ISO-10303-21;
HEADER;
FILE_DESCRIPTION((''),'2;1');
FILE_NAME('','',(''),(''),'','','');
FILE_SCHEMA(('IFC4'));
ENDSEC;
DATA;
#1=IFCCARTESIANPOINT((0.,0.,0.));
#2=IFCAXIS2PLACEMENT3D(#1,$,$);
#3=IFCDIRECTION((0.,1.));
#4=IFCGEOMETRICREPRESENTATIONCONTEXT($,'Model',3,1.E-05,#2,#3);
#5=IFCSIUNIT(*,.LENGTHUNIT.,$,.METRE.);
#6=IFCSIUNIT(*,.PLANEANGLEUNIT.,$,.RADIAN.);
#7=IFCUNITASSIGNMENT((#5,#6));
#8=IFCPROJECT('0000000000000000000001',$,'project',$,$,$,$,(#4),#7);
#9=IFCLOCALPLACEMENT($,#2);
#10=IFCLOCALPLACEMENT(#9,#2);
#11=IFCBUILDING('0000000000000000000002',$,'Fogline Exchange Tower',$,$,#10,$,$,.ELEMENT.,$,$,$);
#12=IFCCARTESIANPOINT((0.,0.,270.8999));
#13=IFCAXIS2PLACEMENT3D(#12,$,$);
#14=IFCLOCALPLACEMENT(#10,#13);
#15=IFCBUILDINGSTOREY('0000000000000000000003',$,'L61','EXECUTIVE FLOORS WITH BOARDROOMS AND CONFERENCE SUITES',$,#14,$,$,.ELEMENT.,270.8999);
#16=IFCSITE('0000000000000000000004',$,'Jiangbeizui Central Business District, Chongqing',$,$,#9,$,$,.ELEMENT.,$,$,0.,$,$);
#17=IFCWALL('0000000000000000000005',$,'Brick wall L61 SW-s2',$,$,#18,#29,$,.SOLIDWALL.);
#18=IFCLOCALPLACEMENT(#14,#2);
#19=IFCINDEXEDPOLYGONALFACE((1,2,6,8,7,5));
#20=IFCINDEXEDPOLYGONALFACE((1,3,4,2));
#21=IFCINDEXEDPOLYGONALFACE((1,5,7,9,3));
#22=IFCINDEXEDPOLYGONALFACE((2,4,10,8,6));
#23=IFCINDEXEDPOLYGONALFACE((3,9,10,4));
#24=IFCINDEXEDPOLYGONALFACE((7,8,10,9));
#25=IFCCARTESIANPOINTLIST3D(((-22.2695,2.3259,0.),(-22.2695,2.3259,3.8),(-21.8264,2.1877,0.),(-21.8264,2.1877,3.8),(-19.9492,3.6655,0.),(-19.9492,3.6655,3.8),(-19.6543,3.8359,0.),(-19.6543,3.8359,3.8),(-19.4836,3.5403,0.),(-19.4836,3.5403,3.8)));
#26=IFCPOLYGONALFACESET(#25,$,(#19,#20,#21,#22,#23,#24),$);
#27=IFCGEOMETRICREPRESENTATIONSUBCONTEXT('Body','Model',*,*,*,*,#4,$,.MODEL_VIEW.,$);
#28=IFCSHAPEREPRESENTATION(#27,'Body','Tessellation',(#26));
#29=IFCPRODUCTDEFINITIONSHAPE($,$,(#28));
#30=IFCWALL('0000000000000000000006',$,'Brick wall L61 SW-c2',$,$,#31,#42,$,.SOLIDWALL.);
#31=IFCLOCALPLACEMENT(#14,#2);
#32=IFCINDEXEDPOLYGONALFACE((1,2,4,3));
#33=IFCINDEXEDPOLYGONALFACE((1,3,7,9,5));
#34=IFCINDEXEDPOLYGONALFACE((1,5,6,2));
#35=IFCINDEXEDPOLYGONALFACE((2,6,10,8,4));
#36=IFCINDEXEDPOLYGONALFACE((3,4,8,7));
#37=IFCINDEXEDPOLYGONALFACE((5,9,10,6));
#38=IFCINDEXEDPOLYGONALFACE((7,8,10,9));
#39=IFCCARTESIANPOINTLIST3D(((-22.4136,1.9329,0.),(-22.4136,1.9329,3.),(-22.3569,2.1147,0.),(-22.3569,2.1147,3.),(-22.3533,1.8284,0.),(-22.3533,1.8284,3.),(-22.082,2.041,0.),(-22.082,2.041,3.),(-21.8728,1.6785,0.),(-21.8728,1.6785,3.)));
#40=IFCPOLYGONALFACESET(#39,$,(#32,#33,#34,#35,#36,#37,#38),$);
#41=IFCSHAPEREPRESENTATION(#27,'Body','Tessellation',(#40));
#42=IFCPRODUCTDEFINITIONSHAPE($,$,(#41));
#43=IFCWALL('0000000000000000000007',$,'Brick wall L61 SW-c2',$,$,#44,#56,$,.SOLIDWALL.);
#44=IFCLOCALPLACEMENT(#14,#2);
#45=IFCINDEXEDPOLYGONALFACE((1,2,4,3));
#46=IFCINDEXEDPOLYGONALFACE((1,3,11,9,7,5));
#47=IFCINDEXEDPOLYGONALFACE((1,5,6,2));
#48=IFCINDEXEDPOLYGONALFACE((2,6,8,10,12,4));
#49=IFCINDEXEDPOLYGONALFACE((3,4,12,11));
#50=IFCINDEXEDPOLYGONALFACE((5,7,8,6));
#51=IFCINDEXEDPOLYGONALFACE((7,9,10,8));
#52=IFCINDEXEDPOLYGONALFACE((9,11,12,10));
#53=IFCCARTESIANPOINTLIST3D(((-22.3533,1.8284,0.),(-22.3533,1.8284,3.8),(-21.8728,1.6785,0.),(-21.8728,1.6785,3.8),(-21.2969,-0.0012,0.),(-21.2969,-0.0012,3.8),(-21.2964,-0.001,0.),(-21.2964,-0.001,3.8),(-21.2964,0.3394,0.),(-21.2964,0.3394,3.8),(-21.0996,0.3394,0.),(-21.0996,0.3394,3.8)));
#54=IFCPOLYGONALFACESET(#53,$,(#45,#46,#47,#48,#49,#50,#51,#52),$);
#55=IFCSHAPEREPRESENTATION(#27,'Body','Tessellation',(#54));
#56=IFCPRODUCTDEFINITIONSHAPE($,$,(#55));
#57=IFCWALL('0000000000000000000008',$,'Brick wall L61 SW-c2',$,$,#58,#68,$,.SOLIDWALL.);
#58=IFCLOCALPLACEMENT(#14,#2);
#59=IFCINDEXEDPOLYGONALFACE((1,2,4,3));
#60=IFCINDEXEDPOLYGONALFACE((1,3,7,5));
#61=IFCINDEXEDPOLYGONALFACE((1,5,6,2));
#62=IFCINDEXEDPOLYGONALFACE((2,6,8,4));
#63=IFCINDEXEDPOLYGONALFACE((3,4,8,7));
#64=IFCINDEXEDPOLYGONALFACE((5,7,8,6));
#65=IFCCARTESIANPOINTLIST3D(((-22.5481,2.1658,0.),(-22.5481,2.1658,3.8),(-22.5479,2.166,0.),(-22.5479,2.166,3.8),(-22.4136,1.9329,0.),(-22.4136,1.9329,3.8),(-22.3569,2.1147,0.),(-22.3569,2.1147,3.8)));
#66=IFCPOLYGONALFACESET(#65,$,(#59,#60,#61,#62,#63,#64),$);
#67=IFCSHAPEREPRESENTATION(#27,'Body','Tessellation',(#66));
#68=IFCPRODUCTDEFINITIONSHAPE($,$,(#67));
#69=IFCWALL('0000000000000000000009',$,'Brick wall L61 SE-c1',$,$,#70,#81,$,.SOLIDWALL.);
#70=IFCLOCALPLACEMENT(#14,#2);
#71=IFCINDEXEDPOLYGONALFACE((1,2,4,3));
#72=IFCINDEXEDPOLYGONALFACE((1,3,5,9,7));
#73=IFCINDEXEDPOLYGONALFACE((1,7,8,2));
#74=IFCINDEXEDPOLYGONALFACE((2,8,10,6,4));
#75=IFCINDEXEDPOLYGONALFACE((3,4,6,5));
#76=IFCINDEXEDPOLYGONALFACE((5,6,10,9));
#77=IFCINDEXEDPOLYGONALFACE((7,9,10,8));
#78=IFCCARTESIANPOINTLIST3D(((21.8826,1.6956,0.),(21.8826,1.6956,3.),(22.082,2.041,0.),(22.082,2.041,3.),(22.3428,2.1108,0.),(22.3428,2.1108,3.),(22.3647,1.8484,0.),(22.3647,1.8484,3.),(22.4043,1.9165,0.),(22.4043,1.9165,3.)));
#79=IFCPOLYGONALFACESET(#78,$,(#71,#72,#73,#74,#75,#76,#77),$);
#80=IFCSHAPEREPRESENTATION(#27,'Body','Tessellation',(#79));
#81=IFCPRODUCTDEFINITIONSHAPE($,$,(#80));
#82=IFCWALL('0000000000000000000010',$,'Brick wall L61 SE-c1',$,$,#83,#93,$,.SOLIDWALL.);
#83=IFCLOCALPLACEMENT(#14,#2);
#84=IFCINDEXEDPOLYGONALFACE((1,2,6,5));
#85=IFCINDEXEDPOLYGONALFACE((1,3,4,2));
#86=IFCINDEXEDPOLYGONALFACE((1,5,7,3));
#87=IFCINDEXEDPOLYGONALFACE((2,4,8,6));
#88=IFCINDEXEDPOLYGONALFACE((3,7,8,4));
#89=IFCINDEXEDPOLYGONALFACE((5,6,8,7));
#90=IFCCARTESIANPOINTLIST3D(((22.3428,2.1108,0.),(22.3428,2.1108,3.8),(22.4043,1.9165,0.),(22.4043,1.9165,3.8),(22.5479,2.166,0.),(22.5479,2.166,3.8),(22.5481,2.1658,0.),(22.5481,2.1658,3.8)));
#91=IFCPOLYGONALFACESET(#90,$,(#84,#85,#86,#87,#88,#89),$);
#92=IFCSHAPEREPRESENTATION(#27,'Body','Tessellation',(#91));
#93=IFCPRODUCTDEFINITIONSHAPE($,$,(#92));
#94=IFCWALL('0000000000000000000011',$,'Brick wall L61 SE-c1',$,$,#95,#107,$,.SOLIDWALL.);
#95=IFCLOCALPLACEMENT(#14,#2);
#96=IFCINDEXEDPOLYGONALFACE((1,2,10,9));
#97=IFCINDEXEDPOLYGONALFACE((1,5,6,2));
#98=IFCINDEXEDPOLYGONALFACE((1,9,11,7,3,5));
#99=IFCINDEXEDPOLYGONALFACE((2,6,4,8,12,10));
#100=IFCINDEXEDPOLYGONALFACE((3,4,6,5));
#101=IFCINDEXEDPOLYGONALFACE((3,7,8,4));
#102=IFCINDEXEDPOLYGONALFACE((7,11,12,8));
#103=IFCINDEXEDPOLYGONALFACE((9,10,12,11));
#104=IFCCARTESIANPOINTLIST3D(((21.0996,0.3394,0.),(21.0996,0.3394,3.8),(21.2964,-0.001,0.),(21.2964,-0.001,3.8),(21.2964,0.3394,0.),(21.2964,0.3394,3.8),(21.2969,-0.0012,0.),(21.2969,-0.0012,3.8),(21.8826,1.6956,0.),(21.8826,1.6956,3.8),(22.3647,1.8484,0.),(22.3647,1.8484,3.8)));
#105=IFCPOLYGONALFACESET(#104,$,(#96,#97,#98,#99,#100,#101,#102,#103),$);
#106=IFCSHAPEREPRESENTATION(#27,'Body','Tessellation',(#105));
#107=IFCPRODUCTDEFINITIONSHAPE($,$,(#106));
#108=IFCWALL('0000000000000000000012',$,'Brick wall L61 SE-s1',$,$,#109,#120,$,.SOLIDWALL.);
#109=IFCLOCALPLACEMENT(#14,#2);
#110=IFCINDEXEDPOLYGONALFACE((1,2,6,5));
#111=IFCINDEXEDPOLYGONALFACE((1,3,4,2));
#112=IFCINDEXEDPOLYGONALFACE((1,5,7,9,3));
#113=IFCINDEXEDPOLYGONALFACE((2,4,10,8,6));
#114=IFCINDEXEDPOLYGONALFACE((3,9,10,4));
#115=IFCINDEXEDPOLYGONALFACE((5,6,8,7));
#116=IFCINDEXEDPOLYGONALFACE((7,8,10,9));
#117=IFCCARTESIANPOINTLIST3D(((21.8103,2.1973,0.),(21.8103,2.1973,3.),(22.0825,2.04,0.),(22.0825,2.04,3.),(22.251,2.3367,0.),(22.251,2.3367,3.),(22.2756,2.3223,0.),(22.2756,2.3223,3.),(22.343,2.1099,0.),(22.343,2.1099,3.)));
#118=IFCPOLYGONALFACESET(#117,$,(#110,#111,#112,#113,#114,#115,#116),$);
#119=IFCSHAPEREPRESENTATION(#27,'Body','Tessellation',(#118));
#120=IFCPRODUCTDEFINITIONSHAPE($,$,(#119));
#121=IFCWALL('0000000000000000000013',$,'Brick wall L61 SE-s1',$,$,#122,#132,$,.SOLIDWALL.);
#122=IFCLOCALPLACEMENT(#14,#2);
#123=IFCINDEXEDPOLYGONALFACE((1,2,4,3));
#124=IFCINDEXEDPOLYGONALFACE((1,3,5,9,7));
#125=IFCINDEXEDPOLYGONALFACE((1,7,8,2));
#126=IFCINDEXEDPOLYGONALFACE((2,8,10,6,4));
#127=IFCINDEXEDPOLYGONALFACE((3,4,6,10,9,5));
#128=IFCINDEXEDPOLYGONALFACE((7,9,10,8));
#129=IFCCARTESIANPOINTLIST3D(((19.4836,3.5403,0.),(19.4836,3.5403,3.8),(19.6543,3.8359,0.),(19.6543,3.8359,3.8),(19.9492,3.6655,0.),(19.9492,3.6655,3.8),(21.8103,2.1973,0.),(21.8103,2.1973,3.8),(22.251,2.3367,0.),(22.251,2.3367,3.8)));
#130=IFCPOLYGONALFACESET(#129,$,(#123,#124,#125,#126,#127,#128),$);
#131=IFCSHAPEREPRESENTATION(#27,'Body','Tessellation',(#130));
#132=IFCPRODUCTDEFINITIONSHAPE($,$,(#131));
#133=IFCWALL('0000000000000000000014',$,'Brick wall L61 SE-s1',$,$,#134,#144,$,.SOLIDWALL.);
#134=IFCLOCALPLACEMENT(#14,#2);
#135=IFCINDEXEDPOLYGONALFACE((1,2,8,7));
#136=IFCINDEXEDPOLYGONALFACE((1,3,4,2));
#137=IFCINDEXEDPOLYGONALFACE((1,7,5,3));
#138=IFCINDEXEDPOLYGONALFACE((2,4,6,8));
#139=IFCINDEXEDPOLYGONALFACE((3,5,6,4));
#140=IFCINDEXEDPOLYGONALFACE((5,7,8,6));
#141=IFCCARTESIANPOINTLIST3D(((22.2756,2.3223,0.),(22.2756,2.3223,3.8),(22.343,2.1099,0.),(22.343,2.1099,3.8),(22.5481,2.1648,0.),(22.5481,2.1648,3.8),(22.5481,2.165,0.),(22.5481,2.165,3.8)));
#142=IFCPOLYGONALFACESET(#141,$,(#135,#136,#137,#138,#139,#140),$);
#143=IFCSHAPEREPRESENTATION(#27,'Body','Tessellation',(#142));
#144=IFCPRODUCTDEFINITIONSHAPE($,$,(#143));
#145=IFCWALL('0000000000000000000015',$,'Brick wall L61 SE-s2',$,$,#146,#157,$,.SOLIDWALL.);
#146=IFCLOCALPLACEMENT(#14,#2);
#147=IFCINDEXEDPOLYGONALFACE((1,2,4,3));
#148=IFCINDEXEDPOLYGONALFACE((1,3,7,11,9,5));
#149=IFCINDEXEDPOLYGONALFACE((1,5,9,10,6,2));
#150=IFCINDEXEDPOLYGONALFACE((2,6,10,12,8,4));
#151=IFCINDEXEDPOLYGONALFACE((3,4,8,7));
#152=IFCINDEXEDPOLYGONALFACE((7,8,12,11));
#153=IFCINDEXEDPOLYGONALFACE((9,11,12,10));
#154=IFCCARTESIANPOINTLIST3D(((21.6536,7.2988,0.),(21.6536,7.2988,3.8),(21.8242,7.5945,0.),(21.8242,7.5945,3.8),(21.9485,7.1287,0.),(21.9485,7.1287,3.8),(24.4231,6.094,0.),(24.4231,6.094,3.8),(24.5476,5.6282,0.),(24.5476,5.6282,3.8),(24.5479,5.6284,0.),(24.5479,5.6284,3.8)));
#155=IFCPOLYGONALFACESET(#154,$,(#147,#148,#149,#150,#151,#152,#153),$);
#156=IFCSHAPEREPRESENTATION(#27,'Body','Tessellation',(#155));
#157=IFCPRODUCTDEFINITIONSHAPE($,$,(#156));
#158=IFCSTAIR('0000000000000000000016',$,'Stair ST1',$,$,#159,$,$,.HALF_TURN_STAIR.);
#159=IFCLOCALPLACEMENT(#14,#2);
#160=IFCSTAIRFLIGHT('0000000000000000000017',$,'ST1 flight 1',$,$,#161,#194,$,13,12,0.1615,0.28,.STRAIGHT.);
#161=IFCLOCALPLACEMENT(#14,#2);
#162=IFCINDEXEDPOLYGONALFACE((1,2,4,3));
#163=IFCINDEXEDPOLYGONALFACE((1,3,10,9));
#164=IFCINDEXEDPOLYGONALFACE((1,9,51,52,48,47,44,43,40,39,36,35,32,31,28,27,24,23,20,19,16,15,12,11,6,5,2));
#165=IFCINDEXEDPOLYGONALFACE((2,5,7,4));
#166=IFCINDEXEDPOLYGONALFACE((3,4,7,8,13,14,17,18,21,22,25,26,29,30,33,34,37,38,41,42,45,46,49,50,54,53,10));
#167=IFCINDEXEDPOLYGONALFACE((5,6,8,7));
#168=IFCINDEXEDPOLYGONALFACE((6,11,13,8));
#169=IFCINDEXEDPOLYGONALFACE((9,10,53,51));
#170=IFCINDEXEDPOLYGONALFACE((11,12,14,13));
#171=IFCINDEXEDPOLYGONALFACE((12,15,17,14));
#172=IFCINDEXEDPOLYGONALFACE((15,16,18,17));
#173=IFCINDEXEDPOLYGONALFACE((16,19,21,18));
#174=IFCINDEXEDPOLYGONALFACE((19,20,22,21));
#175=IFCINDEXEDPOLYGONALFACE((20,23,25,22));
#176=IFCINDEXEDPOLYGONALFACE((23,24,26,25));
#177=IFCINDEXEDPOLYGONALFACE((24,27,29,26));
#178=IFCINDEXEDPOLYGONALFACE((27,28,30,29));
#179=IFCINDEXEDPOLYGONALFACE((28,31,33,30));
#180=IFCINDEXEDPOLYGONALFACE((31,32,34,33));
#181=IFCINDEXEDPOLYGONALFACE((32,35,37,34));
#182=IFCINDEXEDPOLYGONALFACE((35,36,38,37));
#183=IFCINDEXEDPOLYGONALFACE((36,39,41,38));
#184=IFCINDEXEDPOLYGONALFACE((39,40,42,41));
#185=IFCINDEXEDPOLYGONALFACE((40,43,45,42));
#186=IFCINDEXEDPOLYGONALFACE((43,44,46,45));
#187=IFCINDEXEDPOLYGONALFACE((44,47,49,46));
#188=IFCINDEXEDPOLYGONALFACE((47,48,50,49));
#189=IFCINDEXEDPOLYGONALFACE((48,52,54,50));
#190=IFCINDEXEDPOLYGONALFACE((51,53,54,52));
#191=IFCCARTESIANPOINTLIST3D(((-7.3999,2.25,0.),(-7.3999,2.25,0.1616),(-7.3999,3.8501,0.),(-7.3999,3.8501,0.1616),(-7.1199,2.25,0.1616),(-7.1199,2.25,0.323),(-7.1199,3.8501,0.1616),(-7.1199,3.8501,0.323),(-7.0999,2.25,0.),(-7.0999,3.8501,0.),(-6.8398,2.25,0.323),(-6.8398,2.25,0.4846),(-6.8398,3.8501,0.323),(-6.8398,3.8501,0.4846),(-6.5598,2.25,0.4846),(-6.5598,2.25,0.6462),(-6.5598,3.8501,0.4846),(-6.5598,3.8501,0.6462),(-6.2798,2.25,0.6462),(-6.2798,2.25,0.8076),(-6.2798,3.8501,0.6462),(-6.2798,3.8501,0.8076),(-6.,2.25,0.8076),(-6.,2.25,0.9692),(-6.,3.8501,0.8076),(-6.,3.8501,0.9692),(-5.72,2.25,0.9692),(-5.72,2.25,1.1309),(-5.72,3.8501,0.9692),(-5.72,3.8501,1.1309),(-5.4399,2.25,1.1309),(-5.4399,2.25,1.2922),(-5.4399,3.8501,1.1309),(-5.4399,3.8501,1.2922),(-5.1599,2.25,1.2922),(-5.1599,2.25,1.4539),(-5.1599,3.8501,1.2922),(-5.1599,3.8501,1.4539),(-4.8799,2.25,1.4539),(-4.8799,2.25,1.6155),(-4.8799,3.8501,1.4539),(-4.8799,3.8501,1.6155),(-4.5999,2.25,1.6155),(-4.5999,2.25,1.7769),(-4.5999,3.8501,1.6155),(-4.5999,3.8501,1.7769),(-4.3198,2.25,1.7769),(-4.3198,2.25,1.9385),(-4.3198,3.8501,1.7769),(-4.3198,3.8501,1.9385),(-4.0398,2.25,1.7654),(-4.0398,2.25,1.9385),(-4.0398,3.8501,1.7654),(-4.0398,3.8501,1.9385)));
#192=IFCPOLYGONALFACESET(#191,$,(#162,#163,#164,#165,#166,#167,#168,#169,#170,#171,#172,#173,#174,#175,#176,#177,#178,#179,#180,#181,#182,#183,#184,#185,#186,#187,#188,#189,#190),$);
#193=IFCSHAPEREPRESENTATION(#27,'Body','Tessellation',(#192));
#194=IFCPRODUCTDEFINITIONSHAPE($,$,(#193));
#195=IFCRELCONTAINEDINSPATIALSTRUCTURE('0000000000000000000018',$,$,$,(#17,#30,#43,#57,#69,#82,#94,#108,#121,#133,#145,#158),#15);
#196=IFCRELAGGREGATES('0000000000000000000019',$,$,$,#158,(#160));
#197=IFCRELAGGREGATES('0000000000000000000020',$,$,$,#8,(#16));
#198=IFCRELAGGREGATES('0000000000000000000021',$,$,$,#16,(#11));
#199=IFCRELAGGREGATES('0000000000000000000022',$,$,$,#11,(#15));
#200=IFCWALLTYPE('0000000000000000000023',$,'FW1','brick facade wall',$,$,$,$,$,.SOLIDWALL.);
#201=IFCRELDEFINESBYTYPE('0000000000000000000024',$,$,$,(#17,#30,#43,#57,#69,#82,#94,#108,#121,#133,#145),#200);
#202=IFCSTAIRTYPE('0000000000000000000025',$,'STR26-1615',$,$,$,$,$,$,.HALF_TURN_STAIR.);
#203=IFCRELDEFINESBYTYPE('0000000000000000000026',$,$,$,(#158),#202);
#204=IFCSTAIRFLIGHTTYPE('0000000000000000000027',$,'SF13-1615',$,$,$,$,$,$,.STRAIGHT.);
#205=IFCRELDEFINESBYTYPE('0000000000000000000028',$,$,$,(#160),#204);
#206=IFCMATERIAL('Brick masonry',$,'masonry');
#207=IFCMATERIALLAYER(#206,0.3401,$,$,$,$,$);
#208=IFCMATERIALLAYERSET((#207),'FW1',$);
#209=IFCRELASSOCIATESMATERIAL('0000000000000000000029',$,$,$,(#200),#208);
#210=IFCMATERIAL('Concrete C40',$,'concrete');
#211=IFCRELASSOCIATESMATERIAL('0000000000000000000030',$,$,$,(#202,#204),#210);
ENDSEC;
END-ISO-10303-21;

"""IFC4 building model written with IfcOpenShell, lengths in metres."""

from ifc_helpers import new_model, si_unit, direction, frame, origin, place, context, subcontext, project, spatial, polyline, outline, extrude, material, layer, layer_set, type_object, element, aggregate, save


model = new_model("IFC4")

# Units and contexts
model_context = context("Model", 3, precision=1e-05, world=origin(), true_north=direction((0.0, 1.0)))
body_context = subcontext(model_context, "Body", "Model", "MODEL_VIEW")
ifc_project = project(units=[si_unit("LENGTHUNIT", "METRE"), si_unit("PLANEANGLEUNIT", "RADIAN")], contexts=[model_context])

# Site, building, storey
site_placement = place(None, origin())
site = spatial("IfcSite", under=ifc_project, at=site_placement, Name="Jiangbeizui Central Business District, Chongqing", CompositionType="ELEMENT", RefElevation=0.0)
building_placement = place(site_placement, origin())
building = spatial("IfcBuilding", under=site, at=building_placement, Name="Fogline Exchange Tower", CompositionType="ELEMENT")
storey_placement = place(building_placement, frame((0.0, 0.0, 270.8999)))
storey = spatial("IfcBuildingStorey", under=building, at=storey_placement, Name="L61", Description="EXECUTIVE FLOORS WITH BOARDROOMS AND CONFERENCE SUITES", CompositionType="ELEMENT", Elevation=270.8999)

# Shared definitions
ifc_material_1 = material(Name="Concrete C40", Category="concrete")

# Walls
ifc_material_2 = material(Name="Brick masonry", Category="masonry")
ifc_layer_1 = layer(ifc_material_2, 0.3401)
ifc_layer_set_1 = layer_set([ifc_layer_1], Name="FW1")
wall_type_1 = type_object("IfcWallType", Name="FW1", Description="brick facade wall", PredefinedType="SOLIDWALL", material=ifc_layer_set_1)
wall_1_placement = place(storey_placement, origin())
element("IfcWall", 1, at=wall_1_placement, inside=storey, type_object=wall_type_1, Name="Brick wall L61 SW-s2", PredefinedType="SOLIDWALL", context=body_context, shape_type="SweptSolid", body=[
    extrude(outline(polyline([(-19.9492, 3.6655), (-19.6543, 3.8359), (-19.4836, 3.5403), (-21.8264, 2.1877), (-22.2695, 2.3259), (-19.9492, 3.6655)])), origin(), (0.0, 0.0, 1.0), 3.8),
])
wall_2_placement = place(storey_placement, origin())
element("IfcWall", 2, at=wall_2_placement, inside=storey, type_object=wall_type_1, Name="Brick wall L61 SW-c2", PredefinedType="SOLIDWALL", context=body_context, shape_type="SweptSolid", body=[
    extrude(outline(polyline([(-22.4136, 1.9329), (-22.3569, 2.1147), (-22.082, 2.041), (-21.8728, 1.6785), (-22.3533, 1.8284), (-22.4136, 1.9329)])), origin(), (0.0, 0.0, 1.0), 3.0),
])
wall_3_placement = place(storey_placement, origin())
element("IfcWall", 3, at=wall_3_placement, inside=storey, type_object=wall_type_1, Name="Brick wall L61 SW-c2", PredefinedType="SOLIDWALL", context=body_context, shape_type="SweptSolid", body=[
    extrude(outline(polyline([(-21.2964, 0.3394), (-21.2964, -0.001), (-21.2969, -0.0012), (-22.3533, 1.8284), (-21.8728, 1.6785), (-21.0996, 0.3394), (-21.2964, 0.3394)])), origin(), (0.0, 0.0, 1.0), 3.8),
])
wall_4_placement = place(storey_placement, origin())
element("IfcWall", 4, at=wall_4_placement, inside=storey, type_object=wall_type_1, Name="Brick wall L61 SW-c2", PredefinedType="SOLIDWALL", context=body_context, shape_type="SweptSolid", body=[
    extrude(outline(polyline([(-22.5481, 2.1658), (-22.5479, 2.166), (-22.3569, 2.1147), (-22.4136, 1.9329), (-22.5481, 2.1658)])), origin(), (0.0, 0.0, 1.0), 3.8),
])
wall_5_placement = place(storey_placement, origin())
element("IfcWall", 5, at=wall_5_placement, inside=storey, type_object=wall_type_1, Name="Brick wall L61 SE-c1", PredefinedType="SOLIDWALL", context=body_context, shape_type="SweptSolid", body=[
    extrude(outline(polyline([(22.3647, 1.8484), (21.8826, 1.6956), (22.082, 2.041), (22.3428, 2.1108), (22.4043, 1.9165), (22.3647, 1.8484)])), origin(), (0.0, 0.0, 1.0), 3.0),
])
wall_6_placement = place(storey_placement, origin())
element("IfcWall", 6, at=wall_6_placement, inside=storey, type_object=wall_type_1, Name="Brick wall L61 SE-c1", PredefinedType="SOLIDWALL", context=body_context, shape_type="SweptSolid", body=[
    extrude(outline(polyline([(22.4043, 1.9165), (22.3428, 2.1108), (22.5479, 2.166), (22.5481, 2.1658), (22.4043, 1.9165)])), origin(), (0.0, 0.0, 1.0), 3.8),
])
wall_7_placement = place(storey_placement, origin())
element("IfcWall", 7, at=wall_7_placement, inside=storey, type_object=wall_type_1, Name="Brick wall L61 SE-c1", PredefinedType="SOLIDWALL", context=body_context, shape_type="SweptSolid", body=[
    extrude(outline(polyline([(21.2969, -0.0012), (21.2964, -0.001), (21.2964, 0.3394), (21.0996, 0.3394), (21.8826, 1.6956), (22.3647, 1.8484), (21.2969, -0.0012)])), origin(), (0.0, 0.0, 1.0), 3.8),
])
wall_8_placement = place(storey_placement, origin())
element("IfcWall", 8, at=wall_8_placement, inside=storey, type_object=wall_type_1, Name="Brick wall L61 SE-s1", PredefinedType="SOLIDWALL", context=body_context, shape_type="SweptSolid", body=[
    extrude(outline(polyline([(22.2756, 2.3223), (22.343, 2.1099), (22.0825, 2.04), (21.8103, 2.1973), (22.251, 2.3367), (22.2756, 2.3223)])), origin(), (0.0, 0.0, 1.0), 3.0),
])
wall_9_placement = place(storey_placement, origin())
element("IfcWall", 9, at=wall_9_placement, inside=storey, type_object=wall_type_1, Name="Brick wall L61 SE-s1", PredefinedType="SOLIDWALL", context=body_context, shape_type="SweptSolid", body=[
    extrude(outline(polyline([(19.6543, 3.8359), (19.9492, 3.6655), (22.251, 2.3367), (21.8103, 2.1973), (19.4836, 3.5403), (19.6543, 3.8359)])), origin(), (0.0, 0.0, 1.0), 3.8),
])
wall_10_placement = place(storey_placement, origin())
element("IfcWall", 10, at=wall_10_placement, inside=storey, type_object=wall_type_1, Name="Brick wall L61 SE-s1", PredefinedType="SOLIDWALL", context=body_context, shape_type="SweptSolid", body=[
    extrude(outline(polyline([(22.5481, 2.165), (22.5481, 2.1648), (22.343, 2.1099), (22.2756, 2.3223), (22.5481, 2.165)])), origin(), (0.0, 0.0, 1.0), 3.8),
])
wall_11_placement = place(storey_placement, origin())
element("IfcWall", 11, at=wall_11_placement, inside=storey, type_object=wall_type_1, Name="Brick wall L61 SE-s2", PredefinedType="SOLIDWALL", context=body_context, shape_type="SweptSolid", body=[
    extrude(outline(polyline([(24.5476, 5.6282), (21.9485, 7.1287), (21.6536, 7.2988), (21.8242, 7.5945), (24.4231, 6.094), (24.5479, 5.6284), (24.5476, 5.6282)])), origin(), (0.0, 0.0, 1.0), 3.8),
])

# Stair, stair flight
stair_type = type_object("IfcStairType", Name="STR26-1615", PredefinedType="HALF_TURN_STAIR", material=ifc_material_1)
stair_placement = place(storey_placement, origin())
stair = element("IfcStair", 12, at=stair_placement, inside=storey, type_object=stair_type, Name="Stair ST1", PredefinedType="HALF_TURN_STAIR")
stair_flight_type = type_object("IfcStairFlightType", Name="SF13-1615", PredefinedType="STRAIGHT", material=ifc_material_1)
stair_flight_1_placement = place(storey_placement, frame((-7.3999, 3.05, 0.0), z_axis=(0.0, 0.0, 1.0), x_axis=(1.0, 0.0, 0.0)))
stair_flight_1 = element("IfcStairFlight", 13, at=stair_flight_1_placement, type_object=stair_flight_type, Name="ST1 flight 1", NumberOfRisers=13, NumberOfTreads=12, PredefinedType="STRAIGHT", RiserHeight=0.1615, TreadLength=0.28, context=body_context, shape_type="SweptSolid", body=[
    extrude(outline(polyline([(0.0, 0.0), (0.0, 0.1616), (0.28, 0.1616), (0.28, 0.323), (0.5601, 0.323), (0.5601, 0.4846), (0.8401, 0.4846), (0.8401, 0.6462), (1.1201, 0.6462), (1.1201, 0.8076), (1.3999, 0.8076), (1.3999, 0.9692), (1.6799, 0.9692), (1.6799, 1.1309), (1.96, 1.1309), (1.96, 1.2922), (2.24, 1.2922), (2.24, 1.4539), (2.52, 1.4539), (2.52, 1.6155), (2.8, 1.6155), (2.8, 1.7769), (3.0801, 1.7769), (3.0801, 1.9385), (3.3601, 1.9385), (3.3601, 2.1001), (3.3601, 1.7654), (0.3, 0.0), (0.0, 0.0)])), frame((0.0, 0.8, 0.0), z_axis=(0.0, -1.0, 0.0), x_axis=(1.0, 0.0, 0.0)), (0.0, 0.0, 1.0), 1.6001),
])
aggregate(stair, [stair_flight_1])

save(model, "model.ifc")
